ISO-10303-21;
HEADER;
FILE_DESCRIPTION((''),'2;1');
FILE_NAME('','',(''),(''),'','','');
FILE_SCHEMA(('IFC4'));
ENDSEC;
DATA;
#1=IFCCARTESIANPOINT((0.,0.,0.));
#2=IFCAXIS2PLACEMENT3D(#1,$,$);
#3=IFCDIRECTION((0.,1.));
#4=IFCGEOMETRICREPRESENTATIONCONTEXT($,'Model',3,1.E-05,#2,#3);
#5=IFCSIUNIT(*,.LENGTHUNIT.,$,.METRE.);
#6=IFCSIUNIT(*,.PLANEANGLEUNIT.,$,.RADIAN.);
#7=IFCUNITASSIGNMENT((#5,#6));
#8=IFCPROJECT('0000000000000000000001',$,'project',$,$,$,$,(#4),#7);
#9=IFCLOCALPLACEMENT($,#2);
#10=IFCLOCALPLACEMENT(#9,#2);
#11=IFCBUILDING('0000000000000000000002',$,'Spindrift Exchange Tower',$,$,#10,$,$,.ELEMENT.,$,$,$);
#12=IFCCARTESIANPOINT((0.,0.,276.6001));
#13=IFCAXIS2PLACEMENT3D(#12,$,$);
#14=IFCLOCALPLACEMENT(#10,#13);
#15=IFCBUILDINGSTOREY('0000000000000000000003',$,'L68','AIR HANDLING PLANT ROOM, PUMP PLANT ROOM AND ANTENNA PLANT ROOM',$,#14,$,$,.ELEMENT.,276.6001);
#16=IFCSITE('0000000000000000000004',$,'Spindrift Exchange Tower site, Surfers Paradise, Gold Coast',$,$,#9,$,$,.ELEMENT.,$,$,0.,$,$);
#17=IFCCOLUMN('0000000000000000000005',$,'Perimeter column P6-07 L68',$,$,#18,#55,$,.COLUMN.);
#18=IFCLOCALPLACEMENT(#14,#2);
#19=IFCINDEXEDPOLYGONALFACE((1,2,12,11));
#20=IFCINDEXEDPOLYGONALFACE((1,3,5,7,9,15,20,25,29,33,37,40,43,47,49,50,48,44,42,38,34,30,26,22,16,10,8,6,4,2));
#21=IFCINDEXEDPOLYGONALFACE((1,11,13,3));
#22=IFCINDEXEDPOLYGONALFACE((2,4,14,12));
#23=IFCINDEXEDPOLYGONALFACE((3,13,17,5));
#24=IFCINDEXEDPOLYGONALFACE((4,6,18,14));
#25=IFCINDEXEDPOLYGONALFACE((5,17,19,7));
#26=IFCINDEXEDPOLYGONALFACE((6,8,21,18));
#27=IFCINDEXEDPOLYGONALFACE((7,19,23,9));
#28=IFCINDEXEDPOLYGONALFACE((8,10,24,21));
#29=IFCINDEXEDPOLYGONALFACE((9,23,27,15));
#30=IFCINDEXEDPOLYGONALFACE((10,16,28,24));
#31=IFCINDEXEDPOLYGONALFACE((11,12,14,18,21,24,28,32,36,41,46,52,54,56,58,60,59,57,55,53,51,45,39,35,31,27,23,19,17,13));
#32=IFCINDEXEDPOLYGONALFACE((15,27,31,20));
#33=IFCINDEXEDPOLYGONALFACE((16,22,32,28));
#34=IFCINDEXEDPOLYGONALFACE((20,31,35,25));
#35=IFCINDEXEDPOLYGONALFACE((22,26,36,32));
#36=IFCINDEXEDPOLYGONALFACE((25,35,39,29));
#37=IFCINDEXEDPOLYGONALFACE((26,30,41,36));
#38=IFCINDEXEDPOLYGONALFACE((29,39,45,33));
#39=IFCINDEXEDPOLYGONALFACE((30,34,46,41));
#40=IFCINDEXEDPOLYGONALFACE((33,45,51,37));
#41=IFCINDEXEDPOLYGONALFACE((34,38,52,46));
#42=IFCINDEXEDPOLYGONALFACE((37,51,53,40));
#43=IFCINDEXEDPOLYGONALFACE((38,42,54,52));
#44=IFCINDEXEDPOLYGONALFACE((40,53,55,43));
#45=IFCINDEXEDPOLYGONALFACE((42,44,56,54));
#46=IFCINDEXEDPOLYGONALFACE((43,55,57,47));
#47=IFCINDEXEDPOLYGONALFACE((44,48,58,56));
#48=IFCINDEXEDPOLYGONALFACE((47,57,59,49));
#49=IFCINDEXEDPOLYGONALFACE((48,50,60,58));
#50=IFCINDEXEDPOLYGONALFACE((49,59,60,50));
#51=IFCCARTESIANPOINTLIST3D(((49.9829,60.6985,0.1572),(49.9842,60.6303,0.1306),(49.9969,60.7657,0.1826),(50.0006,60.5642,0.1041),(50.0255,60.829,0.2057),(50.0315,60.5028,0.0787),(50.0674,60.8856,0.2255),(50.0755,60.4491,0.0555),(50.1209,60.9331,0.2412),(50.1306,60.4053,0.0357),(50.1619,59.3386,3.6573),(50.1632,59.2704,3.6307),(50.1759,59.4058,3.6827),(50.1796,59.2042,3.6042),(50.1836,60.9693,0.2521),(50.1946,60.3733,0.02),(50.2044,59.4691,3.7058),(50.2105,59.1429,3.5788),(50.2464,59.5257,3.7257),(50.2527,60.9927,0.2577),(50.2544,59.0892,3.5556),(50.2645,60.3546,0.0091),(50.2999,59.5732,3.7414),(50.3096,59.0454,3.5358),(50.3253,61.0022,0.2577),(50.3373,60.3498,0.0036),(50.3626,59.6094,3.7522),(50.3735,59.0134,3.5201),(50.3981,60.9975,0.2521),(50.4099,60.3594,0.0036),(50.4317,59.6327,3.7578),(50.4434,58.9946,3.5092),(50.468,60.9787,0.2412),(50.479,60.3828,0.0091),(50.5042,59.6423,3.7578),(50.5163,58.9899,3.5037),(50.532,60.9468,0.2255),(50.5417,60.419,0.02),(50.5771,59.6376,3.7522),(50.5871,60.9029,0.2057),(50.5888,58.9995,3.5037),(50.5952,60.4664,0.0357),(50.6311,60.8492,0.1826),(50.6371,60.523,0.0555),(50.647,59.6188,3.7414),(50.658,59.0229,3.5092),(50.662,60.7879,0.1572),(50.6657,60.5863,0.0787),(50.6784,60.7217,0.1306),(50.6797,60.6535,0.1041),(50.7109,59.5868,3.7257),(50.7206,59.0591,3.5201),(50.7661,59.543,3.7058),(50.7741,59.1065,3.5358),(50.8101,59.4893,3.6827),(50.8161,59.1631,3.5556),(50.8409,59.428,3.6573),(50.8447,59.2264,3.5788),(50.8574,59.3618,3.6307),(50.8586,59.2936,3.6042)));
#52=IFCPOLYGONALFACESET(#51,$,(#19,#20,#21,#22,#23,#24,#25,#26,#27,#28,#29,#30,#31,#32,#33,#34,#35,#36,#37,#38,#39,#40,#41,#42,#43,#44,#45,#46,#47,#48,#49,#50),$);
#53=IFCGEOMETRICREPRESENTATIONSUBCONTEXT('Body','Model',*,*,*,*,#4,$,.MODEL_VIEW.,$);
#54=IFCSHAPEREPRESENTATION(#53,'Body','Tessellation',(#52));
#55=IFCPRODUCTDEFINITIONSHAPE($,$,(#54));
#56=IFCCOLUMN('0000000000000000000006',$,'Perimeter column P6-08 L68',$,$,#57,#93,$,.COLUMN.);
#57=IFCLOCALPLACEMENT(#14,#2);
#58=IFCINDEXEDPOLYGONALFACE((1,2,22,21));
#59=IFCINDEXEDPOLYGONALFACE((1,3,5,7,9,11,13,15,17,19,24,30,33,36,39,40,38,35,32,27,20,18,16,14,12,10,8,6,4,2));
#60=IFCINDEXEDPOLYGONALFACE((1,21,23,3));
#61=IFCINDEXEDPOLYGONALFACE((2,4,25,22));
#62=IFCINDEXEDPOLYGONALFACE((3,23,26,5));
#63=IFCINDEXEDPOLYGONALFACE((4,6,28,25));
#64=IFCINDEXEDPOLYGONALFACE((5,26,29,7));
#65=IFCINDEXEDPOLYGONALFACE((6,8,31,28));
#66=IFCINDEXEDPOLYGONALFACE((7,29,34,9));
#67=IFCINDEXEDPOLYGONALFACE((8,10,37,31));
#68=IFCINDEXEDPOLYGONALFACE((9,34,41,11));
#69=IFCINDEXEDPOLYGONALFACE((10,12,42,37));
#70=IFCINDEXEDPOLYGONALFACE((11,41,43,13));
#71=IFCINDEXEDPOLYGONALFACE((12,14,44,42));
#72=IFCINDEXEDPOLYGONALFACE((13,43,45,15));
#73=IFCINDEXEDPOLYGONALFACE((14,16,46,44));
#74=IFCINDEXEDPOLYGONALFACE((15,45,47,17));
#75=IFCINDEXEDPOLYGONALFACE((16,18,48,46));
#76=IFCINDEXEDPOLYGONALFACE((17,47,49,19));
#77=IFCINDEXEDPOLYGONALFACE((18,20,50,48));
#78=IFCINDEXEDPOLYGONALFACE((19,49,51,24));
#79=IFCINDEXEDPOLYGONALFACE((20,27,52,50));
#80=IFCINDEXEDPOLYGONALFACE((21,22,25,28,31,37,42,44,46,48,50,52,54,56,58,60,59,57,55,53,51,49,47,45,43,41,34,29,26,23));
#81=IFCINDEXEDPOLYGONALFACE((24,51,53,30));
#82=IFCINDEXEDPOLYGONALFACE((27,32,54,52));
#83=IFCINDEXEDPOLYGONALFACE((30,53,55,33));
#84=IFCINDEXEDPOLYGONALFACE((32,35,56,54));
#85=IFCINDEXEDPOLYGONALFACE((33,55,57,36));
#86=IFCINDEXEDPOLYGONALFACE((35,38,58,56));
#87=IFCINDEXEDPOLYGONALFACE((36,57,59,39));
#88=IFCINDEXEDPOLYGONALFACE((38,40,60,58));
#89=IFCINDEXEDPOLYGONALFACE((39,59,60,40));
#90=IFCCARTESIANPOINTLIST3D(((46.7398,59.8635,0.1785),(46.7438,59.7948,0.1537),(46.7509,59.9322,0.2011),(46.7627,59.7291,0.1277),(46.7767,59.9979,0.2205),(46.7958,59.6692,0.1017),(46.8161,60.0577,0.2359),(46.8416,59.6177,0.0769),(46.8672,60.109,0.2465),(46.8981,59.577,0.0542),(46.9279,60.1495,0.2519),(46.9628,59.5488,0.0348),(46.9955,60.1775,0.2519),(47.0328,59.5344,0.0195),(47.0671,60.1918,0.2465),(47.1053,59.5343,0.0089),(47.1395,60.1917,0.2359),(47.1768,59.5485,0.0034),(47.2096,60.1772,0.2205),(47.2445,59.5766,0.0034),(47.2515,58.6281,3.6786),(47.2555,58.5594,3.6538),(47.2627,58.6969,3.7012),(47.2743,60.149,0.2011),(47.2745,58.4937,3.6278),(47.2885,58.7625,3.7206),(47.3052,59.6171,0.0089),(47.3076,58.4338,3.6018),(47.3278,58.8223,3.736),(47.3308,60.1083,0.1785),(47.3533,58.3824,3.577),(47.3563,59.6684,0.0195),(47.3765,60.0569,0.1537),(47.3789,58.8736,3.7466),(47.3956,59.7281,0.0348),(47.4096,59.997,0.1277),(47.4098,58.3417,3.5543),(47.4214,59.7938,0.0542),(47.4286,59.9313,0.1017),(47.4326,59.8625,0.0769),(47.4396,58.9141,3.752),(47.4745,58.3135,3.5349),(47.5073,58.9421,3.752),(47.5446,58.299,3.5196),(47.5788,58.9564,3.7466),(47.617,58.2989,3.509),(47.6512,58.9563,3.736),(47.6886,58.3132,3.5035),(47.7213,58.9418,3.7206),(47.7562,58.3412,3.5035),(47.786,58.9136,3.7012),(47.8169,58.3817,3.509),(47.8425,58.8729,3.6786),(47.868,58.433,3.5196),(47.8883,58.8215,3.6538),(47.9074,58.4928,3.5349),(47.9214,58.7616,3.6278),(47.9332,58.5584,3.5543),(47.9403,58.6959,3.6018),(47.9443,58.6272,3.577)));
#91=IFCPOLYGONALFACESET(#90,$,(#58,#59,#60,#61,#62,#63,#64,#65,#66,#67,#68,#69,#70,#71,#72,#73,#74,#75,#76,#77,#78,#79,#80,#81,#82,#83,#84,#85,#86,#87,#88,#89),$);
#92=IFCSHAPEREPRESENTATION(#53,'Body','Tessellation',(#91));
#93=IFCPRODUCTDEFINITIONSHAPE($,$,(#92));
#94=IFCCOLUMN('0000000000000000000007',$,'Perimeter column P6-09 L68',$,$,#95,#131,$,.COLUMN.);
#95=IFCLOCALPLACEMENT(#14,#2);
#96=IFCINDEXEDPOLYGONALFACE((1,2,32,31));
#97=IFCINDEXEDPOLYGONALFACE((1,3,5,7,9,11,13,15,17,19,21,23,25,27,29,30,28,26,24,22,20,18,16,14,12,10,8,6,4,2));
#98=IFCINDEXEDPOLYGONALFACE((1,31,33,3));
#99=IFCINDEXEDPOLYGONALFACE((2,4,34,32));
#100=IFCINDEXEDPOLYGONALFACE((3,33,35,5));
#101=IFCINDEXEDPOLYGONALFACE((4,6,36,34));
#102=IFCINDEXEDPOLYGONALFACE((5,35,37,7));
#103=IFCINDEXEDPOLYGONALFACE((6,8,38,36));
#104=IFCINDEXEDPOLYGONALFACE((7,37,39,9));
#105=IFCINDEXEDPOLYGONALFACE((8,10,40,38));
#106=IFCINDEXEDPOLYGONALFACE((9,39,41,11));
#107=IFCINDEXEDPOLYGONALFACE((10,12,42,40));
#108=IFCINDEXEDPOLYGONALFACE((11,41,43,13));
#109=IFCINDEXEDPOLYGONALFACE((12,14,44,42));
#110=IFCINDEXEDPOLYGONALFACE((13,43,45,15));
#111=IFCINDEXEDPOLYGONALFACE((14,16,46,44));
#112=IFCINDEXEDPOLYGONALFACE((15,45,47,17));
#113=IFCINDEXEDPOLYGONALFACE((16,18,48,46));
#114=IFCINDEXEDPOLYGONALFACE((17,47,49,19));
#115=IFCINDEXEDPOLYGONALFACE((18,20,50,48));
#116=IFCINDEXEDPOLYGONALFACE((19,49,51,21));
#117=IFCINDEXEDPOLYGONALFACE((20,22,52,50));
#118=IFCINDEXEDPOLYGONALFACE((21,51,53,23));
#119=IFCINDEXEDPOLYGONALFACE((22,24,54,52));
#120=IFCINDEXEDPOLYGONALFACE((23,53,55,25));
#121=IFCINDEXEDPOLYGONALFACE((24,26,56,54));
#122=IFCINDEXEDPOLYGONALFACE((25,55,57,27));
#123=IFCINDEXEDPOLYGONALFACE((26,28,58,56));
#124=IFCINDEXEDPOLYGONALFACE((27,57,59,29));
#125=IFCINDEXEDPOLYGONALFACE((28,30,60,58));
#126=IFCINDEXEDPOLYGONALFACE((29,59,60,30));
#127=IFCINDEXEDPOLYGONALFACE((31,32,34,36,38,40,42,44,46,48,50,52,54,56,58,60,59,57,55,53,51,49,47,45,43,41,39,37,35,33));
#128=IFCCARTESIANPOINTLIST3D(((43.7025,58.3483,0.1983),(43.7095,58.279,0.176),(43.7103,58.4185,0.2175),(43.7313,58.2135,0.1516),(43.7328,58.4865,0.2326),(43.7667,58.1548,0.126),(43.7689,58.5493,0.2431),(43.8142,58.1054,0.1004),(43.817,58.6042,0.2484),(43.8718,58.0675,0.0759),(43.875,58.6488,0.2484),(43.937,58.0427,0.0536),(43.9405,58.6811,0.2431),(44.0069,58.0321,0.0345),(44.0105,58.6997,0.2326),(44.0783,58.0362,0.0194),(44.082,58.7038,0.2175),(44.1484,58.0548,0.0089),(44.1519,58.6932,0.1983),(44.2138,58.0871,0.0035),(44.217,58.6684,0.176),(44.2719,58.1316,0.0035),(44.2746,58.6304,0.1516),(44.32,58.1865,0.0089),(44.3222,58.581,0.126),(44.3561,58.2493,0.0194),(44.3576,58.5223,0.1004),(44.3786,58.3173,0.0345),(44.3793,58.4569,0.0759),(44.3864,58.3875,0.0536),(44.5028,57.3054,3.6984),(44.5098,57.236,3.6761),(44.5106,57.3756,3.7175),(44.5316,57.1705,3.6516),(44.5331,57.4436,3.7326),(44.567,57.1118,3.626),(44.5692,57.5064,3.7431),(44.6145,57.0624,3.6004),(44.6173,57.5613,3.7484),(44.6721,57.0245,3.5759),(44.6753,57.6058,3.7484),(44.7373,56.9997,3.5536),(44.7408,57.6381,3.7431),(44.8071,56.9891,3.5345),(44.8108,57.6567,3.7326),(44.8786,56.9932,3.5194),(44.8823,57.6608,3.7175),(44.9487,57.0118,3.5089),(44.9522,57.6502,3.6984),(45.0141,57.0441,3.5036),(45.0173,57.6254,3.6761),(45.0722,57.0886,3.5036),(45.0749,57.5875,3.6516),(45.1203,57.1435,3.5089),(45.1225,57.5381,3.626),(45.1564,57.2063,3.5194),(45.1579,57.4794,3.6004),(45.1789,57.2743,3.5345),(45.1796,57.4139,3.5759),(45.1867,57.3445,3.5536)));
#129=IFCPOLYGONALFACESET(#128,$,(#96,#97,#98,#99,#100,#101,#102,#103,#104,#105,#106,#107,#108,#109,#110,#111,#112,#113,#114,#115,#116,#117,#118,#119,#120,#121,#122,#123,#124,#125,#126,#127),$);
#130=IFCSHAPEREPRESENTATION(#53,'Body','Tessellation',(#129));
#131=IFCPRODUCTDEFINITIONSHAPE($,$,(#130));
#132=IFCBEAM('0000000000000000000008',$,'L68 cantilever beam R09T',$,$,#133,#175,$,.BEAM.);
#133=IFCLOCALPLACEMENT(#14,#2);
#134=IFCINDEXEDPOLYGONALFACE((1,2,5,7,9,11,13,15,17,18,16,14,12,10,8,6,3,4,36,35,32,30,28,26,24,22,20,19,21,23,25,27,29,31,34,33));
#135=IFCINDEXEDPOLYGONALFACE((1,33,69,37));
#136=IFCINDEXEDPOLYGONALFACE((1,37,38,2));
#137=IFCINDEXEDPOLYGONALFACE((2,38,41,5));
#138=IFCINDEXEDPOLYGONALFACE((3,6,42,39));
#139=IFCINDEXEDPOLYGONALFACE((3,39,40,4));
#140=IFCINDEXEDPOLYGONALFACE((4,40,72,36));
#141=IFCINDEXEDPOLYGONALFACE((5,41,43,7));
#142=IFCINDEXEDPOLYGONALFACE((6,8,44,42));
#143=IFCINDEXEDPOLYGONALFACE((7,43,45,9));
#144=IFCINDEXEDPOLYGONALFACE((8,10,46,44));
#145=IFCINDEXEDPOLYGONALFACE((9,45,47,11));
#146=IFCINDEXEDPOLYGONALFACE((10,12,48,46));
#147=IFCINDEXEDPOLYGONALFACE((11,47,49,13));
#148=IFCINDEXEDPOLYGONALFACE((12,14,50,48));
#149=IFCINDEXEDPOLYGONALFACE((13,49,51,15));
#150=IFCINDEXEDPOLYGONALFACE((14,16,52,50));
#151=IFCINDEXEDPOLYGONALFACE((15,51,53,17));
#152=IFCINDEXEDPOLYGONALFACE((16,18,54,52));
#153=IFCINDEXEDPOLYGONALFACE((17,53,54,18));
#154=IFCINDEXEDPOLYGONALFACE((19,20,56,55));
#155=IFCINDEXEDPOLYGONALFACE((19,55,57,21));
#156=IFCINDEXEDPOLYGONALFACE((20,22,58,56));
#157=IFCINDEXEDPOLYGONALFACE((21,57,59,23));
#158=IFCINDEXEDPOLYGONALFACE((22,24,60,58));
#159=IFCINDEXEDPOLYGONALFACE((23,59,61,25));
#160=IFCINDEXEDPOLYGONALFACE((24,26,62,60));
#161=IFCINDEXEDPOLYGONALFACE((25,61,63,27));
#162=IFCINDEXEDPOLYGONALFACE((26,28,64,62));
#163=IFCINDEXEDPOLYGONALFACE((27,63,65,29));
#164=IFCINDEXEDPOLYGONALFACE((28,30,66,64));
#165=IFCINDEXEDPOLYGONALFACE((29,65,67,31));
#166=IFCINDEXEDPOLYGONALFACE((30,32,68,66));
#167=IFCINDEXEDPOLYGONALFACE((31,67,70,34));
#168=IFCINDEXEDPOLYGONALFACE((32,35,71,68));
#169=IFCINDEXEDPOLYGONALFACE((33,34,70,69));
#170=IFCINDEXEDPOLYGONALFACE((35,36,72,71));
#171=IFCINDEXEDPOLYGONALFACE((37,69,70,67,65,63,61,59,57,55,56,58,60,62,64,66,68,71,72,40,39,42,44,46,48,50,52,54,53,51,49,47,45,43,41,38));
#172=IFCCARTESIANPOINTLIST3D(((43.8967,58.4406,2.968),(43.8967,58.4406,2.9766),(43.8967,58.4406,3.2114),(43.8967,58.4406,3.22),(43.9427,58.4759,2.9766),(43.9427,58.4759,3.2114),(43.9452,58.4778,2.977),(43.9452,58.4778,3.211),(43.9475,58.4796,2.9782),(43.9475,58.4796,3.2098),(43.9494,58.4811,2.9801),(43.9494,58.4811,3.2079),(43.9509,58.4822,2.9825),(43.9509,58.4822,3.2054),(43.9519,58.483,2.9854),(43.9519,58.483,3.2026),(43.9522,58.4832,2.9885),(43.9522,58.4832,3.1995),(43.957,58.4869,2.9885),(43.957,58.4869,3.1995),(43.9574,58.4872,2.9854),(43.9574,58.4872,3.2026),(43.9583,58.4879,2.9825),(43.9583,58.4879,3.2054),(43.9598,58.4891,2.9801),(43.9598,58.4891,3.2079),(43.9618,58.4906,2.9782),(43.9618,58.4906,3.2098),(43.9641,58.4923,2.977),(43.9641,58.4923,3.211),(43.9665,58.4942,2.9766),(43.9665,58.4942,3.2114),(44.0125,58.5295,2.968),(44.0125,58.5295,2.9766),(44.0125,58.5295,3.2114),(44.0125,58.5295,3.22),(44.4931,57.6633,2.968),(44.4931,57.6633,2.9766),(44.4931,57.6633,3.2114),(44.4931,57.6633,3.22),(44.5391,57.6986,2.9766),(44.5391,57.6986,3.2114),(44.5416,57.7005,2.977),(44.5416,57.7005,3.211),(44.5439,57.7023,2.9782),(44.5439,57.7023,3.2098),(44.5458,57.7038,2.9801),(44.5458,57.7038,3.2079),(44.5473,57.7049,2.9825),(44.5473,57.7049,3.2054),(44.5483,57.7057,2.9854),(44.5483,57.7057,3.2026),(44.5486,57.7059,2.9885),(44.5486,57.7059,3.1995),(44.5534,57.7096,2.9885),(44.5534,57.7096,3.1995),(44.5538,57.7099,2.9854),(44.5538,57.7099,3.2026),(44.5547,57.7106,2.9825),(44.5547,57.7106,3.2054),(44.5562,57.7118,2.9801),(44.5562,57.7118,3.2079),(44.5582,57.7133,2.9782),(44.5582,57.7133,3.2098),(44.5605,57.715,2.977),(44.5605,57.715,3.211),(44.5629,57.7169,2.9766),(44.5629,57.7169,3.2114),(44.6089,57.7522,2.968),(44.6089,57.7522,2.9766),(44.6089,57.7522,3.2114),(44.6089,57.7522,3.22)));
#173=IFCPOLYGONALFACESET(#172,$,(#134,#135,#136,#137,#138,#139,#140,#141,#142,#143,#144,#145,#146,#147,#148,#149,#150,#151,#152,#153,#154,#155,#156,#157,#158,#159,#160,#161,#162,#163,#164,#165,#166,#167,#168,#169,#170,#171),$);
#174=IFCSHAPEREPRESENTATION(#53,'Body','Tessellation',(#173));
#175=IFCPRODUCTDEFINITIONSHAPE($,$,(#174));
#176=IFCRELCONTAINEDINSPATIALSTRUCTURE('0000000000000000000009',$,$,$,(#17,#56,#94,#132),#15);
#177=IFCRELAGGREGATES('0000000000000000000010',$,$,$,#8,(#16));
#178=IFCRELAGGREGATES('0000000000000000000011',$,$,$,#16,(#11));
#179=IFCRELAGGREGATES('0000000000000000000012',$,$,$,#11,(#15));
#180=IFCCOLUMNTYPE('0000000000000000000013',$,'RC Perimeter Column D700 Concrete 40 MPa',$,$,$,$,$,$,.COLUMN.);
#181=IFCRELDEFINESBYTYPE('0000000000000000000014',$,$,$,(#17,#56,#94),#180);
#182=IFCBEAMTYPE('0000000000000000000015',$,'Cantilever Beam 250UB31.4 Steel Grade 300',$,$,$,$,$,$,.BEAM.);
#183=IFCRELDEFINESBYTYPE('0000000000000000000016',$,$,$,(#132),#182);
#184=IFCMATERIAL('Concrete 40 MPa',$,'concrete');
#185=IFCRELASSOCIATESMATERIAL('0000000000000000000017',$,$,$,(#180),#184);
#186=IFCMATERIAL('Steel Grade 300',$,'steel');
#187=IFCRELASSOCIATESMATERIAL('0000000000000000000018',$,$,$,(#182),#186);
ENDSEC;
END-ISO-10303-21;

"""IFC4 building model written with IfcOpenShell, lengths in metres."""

from ifc_helpers import new_model, si_unit, direction, frame, origin, origin_2d, place, context, subcontext, project, spatial, circle, i_section, extrude, source, transform, mapped, material, material_profile, profile_set, type_object, element, save


model = new_model("IFC4")

# Units and contexts
model_context = context("Model", 3, precision=1e-05, world=origin(), true_north=direction((0.0, 1.0)))
body_context = subcontext(model_context, "Body", "Model", "MODEL_VIEW")
ifc_project = project(units=[si_unit("LENGTHUNIT", "METRE"), si_unit("PLANEANGLEUNIT", "RADIAN")], contexts=[model_context])

# Site, building, storey
site_placement = place(None, origin())
site = spatial("IfcSite", under=ifc_project, at=site_placement, Name="Spindrift Exchange Tower site, Surfers Paradise, Gold Coast", CompositionType="ELEMENT", RefElevation=0.0)
building_placement = place(site_placement, origin())
building = spatial("IfcBuilding", under=site, at=building_placement, Name="Spindrift Exchange Tower", CompositionType="ELEMENT")
storey_placement = place(building_placement, frame((0.0, 0.0, 276.6001)))
storey = spatial("IfcBuildingStorey", under=building, at=storey_placement, Name="L68", Description="AIR HANDLING PLANT ROOM, PUMP PLANT ROOM AND ANTENNA PLANT ROOM", CompositionType="ELEMENT", Elevation=276.6001)

# Columns
ifc_material_1 = material(Name="Concrete 40 MPa", Category="concrete")
ifc_material_profile_1 = material_profile(ifc_material_1, circle(Radius=0.3501, at=origin_2d()), Name="RC D700")
ifc_profile_set_1 = profile_set([ifc_material_profile_1], Name="Concrete 40 MPa")
column_type = type_object("IfcColumnType", Name="RC Perimeter Column D700 Concrete 40 MPa", PredefinedType="COLUMN", material=ifc_profile_set_1)
shared_shape_1 = source(origin(), body_context, "Body", "SweptSolid", [
    extrude(circle(Radius=0.3501, at=origin_2d()), origin(), (0.0, 0.0, 1.0), 3.7593),
])
column_1_placement = place(storey_placement, frame((50.3313, 60.676, 0.1306), z_axis=(0.047605, -0.361747, 0.93106), x_axis=(0.991452, 0.130473, 0.0)))
element("IfcColumn", 1, at=column_1_placement, inside=storey, type_object=column_type, Name="Perimeter column P6-07 L68", PredefinedType="COLUMN", context=body_context, shape_type="MappedRepresentation", body=[
    mapped(shared_shape_1, transform((0.0, 0.0, 0.0), scale=1.0)),
])
shared_shape_2 = source(origin(), body_context, "Body", "SweptSolid", [
    extrude(circle(Radius=0.3501, at=origin_2d()), origin(), (0.0, 0.0, 1.0), 3.7468),
])
column_2_placement = place(storey_placement, frame((47.0862, 59.863, 0.1277), z_axis=(0.136578, -0.329715, 0.934149), x_axis=(0.923874, 0.382696, 0.0)))
element("IfcColumn", 2, at=column_2_placement, inside=storey, type_object=column_type, Name="Perimeter column P6-08 L68", PredefinedType="COLUMN", context=body_context, shape_type="MappedRepresentation", body=[
    mapped(shared_shape_2, transform((0.0, 0.0, 0.0), scale=1.0)),
])
shared_shape_3 = source(origin(), body_context, "Body", "SweptSolid", [
    extrude(circle(Radius=0.3501, at=origin_2d()), origin(), (0.0, 0.0, 1.0), 3.7388),
])
column_3_placement = place(storey_placement, frame((44.0444, 58.3679, 0.126), z_axis=(0.214054, -0.278962, 0.936142), x_axis=(0.793355, 0.608759, 0.0)))
element("IfcColumn", 3, at=column_3_placement, inside=storey, type_object=column_type, Name="Perimeter column P6-09 L68", PredefinedType="COLUMN", context=body_context, shape_type="MappedRepresentation", body=[
    mapped(shared_shape_3, transform((0.0, 0.0, 0.0), scale=1.0)),
])

# Beam
ifc_material_2 = material(Name="Steel Grade 300", Category="steel")
ifc_material_profile_2 = material_profile(ifc_material_2, i_section(OverallWidth=0.146, OverallDepth=0.252, WebThickness=0.0061, FlangeThickness=0.0085, FilletRadius=0.012, at=origin_2d()), Name="250UB31.4")
ifc_profile_set_2 = profile_set([ifc_material_profile_2], Name="Steel Grade 300")
beam_type_1 = type_object("IfcBeamType", Name="Cantilever Beam 250UB31.4 Steel Grade 300", PredefinedType="BEAM", material=ifc_profile_set_2)
shared_shape_4 = source(origin(), body_context, "Body", "SweptSolid", [
    extrude(i_section(OverallWidth=0.146, OverallDepth=0.252, WebThickness=0.0061, FlangeThickness=0.0085, FilletRadius=0.012, at=origin_2d()), origin(), (0.0, 0.0, 1.0), 0.9797),
])
beam_1_placement = place(storey_placement, frame((44.551, 57.7078, 3.094), z_axis=(-0.608735, 0.793374, 0.0), x_axis=(-0.793374, -0.608735, 0.0)))
element("IfcBeam", 4, at=beam_1_placement, inside=storey, type_object=beam_type_1, Name="L68 cantilever beam R09T", PredefinedType="BEAM", context=body_context, shape_type="MappedRepresentation", body=[
    mapped(shared_shape_4, transform((0.0, 0.0, 0.0), scale=1.0)),
])

save(model, "model.ifc")
